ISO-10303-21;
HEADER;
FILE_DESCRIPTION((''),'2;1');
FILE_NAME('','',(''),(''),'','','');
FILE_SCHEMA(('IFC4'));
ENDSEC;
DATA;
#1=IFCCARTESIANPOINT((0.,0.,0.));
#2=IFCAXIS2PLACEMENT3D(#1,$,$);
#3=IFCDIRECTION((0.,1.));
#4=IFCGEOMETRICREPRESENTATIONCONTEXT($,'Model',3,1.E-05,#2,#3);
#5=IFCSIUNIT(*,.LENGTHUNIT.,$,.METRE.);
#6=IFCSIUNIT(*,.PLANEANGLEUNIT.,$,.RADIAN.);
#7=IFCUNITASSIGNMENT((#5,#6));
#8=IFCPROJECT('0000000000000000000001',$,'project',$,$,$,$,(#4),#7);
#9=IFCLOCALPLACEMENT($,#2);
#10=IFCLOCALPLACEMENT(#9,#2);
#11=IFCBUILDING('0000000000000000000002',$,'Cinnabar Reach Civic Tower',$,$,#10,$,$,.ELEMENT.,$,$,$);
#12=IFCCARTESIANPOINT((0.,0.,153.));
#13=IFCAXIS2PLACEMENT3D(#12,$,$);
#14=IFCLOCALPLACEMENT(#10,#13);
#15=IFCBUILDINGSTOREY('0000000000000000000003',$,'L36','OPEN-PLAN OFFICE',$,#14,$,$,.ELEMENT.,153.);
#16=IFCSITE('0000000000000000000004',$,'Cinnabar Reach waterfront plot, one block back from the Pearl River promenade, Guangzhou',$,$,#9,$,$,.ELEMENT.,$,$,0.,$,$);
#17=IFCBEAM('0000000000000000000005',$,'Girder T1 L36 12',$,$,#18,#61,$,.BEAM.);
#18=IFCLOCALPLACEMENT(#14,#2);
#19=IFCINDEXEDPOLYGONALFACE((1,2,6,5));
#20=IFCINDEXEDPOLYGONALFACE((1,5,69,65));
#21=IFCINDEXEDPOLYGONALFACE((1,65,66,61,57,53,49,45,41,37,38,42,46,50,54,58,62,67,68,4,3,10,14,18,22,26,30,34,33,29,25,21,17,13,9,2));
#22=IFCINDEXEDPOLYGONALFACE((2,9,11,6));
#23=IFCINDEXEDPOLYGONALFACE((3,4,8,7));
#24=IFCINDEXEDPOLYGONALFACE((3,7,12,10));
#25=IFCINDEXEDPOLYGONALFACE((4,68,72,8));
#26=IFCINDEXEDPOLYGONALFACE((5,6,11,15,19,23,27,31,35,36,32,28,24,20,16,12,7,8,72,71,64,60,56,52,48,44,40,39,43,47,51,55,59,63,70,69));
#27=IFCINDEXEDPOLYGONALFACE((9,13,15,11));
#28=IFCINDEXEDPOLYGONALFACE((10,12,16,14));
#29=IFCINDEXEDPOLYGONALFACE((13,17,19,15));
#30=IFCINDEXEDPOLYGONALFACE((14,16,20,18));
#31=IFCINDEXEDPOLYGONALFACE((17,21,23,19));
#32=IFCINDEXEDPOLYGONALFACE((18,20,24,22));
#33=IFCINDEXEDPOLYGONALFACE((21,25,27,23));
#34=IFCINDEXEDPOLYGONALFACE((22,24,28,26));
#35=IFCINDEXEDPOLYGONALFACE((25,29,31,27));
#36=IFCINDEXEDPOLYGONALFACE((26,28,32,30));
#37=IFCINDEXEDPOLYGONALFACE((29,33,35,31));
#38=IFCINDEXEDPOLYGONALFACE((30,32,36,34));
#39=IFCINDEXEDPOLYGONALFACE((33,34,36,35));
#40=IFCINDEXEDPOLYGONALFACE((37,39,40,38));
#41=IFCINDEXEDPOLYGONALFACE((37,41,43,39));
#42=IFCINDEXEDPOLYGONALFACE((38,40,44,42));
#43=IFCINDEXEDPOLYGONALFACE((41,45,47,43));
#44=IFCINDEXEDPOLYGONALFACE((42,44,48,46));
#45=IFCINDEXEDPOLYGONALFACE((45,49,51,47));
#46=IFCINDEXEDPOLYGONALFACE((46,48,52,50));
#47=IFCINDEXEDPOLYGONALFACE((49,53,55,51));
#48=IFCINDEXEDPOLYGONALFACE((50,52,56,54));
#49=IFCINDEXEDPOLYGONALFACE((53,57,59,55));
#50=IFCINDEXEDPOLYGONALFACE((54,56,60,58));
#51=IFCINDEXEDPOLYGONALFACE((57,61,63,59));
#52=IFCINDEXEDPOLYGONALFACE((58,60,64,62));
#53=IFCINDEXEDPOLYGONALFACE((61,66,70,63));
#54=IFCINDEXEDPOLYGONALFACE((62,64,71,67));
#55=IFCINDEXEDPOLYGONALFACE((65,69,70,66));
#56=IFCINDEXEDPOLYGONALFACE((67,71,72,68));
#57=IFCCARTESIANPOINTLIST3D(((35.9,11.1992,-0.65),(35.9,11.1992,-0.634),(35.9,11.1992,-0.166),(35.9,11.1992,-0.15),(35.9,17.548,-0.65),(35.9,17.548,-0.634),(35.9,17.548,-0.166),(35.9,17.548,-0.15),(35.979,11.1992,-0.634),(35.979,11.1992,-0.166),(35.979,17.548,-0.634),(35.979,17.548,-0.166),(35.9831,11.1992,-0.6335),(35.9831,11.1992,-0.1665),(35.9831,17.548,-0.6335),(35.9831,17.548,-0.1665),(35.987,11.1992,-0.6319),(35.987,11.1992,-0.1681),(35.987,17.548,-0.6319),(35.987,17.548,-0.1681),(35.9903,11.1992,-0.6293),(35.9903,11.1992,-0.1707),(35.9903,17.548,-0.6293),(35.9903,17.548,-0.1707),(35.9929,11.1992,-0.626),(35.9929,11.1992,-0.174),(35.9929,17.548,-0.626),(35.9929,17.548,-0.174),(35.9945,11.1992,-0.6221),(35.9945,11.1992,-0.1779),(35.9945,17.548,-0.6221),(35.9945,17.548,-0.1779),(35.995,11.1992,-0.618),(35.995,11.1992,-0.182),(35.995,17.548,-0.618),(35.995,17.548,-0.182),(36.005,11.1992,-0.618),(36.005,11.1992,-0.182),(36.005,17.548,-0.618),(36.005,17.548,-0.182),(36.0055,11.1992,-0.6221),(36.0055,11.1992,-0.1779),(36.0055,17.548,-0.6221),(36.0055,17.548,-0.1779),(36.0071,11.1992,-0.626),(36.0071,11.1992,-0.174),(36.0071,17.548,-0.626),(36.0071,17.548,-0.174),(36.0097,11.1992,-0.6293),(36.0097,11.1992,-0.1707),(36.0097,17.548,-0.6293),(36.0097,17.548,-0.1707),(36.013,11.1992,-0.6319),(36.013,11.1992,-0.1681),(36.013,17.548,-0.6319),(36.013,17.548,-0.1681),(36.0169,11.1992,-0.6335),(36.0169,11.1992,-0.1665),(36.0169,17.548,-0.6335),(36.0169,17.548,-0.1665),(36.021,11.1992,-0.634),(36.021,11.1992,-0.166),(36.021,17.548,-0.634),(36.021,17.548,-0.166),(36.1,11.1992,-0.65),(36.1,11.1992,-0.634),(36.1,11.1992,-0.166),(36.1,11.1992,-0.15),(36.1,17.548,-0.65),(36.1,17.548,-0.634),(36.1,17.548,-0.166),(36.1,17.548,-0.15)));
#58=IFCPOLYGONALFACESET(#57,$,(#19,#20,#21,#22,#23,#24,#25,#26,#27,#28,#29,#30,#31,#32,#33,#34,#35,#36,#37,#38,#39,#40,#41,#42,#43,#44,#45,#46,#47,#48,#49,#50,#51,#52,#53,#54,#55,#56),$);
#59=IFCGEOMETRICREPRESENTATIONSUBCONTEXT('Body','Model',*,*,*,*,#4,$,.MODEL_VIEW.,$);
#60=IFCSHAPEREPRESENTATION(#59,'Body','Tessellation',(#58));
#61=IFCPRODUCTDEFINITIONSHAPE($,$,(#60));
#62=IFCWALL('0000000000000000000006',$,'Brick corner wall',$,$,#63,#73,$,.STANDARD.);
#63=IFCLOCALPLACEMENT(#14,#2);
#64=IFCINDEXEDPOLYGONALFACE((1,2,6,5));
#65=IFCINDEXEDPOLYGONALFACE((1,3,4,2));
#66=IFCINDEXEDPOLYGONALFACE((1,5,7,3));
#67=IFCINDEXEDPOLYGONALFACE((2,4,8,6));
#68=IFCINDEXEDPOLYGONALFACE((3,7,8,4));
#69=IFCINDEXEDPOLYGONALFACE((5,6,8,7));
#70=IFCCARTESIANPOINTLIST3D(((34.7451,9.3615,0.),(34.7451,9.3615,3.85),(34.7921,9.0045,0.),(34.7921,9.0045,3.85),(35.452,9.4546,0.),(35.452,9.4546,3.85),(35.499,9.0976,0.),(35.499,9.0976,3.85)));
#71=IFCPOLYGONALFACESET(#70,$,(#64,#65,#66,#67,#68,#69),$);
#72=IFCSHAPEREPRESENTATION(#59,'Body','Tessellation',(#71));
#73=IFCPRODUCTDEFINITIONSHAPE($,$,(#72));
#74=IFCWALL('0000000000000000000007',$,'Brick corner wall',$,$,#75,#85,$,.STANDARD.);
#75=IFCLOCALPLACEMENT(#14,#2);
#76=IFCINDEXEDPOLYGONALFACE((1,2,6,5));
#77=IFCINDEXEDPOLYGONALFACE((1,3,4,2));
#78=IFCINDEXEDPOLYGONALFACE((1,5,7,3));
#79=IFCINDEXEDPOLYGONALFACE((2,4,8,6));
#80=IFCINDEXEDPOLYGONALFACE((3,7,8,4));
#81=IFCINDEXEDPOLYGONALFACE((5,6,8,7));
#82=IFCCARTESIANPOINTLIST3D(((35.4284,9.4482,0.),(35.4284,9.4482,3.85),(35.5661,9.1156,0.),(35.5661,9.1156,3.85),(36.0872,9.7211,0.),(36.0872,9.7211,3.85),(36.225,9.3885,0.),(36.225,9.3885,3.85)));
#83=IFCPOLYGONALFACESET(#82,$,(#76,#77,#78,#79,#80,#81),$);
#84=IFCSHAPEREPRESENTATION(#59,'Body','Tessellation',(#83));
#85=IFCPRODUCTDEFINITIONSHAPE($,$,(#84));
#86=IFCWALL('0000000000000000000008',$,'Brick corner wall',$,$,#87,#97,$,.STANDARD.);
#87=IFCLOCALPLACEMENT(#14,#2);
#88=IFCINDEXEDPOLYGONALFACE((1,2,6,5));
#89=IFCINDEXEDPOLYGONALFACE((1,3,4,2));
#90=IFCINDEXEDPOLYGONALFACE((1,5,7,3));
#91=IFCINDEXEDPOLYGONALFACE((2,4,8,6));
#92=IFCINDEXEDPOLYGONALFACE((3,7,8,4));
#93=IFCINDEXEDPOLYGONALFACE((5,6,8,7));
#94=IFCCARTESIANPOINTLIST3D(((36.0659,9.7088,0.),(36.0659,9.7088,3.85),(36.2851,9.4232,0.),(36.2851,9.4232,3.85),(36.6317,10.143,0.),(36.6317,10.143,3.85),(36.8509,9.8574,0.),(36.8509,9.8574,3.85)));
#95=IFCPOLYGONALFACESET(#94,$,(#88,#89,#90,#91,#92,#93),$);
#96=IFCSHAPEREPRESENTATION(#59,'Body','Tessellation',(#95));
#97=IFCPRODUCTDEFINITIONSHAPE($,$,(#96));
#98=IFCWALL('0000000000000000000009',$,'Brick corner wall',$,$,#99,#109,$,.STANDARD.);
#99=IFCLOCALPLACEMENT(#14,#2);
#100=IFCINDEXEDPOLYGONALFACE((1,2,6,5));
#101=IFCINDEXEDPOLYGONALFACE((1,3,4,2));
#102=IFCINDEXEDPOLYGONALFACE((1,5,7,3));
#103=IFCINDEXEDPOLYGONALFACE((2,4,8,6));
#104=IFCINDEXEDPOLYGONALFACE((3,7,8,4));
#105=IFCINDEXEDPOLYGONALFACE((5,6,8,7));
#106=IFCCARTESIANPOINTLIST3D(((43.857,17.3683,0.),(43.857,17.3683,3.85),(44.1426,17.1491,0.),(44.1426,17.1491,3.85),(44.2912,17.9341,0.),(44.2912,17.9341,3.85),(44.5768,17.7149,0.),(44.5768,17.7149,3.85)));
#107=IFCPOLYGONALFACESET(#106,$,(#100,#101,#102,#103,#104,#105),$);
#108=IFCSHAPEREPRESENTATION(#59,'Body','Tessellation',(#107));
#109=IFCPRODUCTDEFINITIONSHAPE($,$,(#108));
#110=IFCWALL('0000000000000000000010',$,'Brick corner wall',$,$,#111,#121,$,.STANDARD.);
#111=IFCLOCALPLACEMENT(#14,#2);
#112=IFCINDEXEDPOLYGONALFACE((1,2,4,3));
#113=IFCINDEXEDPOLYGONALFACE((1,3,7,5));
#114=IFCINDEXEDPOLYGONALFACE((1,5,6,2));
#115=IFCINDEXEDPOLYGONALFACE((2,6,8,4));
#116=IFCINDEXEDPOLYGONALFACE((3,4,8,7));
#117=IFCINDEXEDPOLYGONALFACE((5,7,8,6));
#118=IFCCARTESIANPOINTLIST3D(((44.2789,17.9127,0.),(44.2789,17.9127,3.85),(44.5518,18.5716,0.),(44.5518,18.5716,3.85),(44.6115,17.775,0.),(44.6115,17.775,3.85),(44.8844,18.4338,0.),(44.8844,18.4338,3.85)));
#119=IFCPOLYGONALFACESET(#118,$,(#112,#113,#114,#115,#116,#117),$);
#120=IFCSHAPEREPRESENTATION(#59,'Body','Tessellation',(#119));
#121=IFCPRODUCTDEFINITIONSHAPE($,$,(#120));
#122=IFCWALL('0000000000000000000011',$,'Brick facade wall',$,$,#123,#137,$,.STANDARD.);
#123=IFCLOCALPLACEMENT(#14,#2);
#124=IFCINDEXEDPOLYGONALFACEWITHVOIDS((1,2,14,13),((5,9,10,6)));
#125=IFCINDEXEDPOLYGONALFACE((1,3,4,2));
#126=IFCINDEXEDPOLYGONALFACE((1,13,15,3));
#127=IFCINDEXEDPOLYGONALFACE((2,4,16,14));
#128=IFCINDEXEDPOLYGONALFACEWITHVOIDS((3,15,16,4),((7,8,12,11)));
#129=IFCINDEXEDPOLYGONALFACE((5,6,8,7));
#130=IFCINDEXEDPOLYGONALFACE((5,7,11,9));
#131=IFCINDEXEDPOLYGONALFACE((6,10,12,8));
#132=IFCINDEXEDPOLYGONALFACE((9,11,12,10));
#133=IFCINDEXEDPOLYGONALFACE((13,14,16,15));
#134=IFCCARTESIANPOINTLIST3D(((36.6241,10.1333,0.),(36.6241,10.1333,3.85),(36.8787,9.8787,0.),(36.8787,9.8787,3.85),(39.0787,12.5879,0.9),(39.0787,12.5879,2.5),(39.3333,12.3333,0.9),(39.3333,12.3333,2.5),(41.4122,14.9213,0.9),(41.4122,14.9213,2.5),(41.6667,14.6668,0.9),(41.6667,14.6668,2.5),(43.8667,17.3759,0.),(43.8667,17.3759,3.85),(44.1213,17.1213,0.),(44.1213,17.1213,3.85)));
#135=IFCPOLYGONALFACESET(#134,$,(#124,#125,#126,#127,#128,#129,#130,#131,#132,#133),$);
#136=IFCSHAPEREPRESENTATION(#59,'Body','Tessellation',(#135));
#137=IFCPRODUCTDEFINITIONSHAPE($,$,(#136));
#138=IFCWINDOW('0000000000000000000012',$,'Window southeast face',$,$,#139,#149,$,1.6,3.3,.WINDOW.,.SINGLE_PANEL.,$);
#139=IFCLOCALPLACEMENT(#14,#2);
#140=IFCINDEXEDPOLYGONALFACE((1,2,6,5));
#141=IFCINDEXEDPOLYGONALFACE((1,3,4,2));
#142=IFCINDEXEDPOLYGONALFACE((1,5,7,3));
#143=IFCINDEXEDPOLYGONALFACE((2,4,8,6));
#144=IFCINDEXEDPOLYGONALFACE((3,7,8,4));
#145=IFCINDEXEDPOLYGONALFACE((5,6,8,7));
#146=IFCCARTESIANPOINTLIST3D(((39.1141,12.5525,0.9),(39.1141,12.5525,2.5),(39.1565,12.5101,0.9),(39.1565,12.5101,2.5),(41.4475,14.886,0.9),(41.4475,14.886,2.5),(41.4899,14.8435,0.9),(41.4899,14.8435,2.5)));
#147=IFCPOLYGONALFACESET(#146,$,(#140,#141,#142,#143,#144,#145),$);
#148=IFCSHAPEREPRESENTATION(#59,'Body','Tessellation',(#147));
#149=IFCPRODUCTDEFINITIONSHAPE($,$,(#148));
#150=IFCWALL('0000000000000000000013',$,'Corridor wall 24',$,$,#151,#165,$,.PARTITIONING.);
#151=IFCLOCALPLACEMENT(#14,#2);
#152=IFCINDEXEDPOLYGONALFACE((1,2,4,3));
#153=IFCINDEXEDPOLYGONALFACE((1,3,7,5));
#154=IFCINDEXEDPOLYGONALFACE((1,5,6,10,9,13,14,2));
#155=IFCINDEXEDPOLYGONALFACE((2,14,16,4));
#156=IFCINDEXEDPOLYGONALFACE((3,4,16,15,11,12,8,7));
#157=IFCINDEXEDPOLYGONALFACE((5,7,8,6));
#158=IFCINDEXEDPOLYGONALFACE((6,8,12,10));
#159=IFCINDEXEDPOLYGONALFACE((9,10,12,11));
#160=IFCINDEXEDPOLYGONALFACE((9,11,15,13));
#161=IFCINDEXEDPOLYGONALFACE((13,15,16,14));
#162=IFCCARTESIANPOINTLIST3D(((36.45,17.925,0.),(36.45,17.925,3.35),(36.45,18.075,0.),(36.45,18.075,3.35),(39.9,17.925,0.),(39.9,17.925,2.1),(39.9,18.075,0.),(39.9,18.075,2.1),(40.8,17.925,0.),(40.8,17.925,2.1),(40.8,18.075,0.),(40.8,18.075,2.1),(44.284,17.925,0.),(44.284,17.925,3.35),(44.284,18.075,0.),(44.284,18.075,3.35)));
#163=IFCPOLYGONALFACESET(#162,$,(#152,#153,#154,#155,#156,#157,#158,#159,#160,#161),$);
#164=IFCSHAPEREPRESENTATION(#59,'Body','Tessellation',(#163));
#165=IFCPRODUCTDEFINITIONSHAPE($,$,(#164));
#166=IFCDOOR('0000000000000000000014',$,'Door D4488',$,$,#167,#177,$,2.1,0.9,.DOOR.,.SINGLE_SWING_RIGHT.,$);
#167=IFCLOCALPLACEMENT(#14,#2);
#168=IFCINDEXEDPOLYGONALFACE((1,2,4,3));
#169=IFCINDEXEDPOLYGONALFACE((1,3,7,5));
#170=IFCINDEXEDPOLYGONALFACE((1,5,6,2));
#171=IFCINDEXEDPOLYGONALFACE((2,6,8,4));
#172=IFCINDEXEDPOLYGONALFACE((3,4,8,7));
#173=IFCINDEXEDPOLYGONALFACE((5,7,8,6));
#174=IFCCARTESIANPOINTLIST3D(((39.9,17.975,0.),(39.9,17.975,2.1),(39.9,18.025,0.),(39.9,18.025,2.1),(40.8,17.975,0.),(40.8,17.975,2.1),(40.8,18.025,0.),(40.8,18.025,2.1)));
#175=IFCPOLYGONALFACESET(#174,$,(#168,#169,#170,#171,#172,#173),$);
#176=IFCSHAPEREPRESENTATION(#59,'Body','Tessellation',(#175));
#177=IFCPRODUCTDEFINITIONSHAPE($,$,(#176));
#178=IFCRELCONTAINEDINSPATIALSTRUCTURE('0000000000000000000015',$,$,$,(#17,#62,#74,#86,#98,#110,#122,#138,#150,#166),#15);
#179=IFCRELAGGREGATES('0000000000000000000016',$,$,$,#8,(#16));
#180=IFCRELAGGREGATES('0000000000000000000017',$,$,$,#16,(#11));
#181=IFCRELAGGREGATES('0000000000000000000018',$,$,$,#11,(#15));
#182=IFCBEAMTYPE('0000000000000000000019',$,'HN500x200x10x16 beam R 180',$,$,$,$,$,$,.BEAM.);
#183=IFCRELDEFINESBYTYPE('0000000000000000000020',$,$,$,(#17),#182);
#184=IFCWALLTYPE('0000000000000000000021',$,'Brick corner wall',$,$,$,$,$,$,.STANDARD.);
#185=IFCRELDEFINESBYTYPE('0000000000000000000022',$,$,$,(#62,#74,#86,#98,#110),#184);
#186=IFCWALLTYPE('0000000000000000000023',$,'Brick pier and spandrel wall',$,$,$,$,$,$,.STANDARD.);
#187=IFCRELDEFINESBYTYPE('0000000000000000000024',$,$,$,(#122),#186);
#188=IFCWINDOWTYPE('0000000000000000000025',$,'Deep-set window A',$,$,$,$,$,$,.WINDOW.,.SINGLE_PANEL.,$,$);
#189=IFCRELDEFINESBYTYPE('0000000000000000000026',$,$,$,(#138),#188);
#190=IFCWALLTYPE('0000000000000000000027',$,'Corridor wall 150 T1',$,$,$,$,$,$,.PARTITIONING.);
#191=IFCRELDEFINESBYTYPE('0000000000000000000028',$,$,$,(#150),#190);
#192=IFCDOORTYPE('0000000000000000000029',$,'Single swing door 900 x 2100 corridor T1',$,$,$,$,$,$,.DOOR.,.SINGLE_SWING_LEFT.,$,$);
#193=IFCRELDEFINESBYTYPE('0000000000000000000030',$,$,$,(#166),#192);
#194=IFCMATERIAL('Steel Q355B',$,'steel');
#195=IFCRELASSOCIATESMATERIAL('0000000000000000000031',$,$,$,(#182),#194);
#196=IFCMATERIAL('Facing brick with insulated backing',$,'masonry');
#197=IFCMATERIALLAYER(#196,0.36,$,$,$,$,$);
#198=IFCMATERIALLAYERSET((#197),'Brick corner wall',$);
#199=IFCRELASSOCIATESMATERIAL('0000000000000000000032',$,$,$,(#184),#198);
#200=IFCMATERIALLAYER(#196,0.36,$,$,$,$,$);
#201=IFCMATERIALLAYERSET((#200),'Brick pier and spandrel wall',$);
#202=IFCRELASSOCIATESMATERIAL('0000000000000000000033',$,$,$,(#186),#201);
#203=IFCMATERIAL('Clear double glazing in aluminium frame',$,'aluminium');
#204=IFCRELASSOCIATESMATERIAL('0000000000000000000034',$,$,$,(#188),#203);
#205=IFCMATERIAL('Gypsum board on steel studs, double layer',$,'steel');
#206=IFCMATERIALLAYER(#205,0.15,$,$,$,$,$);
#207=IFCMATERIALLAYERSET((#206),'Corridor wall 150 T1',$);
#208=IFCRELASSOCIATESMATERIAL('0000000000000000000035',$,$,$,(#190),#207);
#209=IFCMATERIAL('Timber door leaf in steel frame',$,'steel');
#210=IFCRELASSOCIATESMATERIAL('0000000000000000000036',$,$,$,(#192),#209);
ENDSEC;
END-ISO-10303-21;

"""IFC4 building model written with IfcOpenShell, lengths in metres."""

from ifc_helpers import new_model, si_unit, direction, frame, frame_2d, origin, origin_2d, place, context, subcontext, project, spatial, rectangle, i_section, extrude, material, layer, layer_set, material_profile, profile_set, type_object, element, fill, save


model = new_model("IFC4")

# Units and contexts
model_context = context("Model", 3, precision=1e-05, world=origin(), true_north=direction((0.0, 1.0)))
body_context = subcontext(model_context, "Body", "Model", "MODEL_VIEW")
ifc_project = project(units=[si_unit("LENGTHUNIT", "METRE"), si_unit("PLANEANGLEUNIT", "RADIAN")], contexts=[model_context])

# Site, building, storey
site_placement = place(None, origin())
site = spatial("IfcSite", under=ifc_project, at=site_placement, Name="Cinnabar Reach waterfront plot, one block back from the Pearl River promenade, Guangzhou", CompositionType="ELEMENT", RefElevation=0.0)
building_placement = place(site_placement, origin())
building = spatial("IfcBuilding", under=site, at=building_placement, Name="Cinnabar Reach Civic Tower", CompositionType="ELEMENT")
storey_placement = place(building_placement, frame((0.0, 0.0, 153.0)))
storey = spatial("IfcBuildingStorey", under=building, at=storey_placement, Name="L36", Description="OPEN-PLAN OFFICE", CompositionType="ELEMENT", Elevation=153.0)

# Beam
ifc_material_1 = material(Name="Steel Q355B", Category="steel")
ifc_material_profile_1 = material_profile(ifc_material_1, i_section(OverallWidth=0.2, OverallDepth=0.5, WebThickness=0.01, FlangeThickness=0.016, FilletRadius=0.016, at=origin_2d()), Name="HN500x200x10x16")
ifc_profile_set_1 = profile_set([ifc_material_profile_1], Name="Steel Q355B")
beam_type_1 = type_object("IfcBeamType", Name="HN500x200x10x16 beam R 180", PredefinedType="BEAM", material=ifc_profile_set_1)
for number, where, z_axis, x_axis, name in (
    (1, (36.0, 11.1992, -0.4), (0.0, 1.0, 0.0), (-1.0, 0.0, 0.0), "Girder T1 L36 12"),
):
    element("IfcBeam", number, at=place(storey_placement, frame(where, z_axis=z_axis, x_axis=x_axis)), inside=storey, type_object=beam_type_1, Name=name, PredefinedType="BEAM", context=body_context, shape_type="SweptSolid", body=[
        extrude(i_section(OverallWidth=0.2, OverallDepth=0.5, WebThickness=0.01, FlangeThickness=0.016, FilletRadius=0.016, at=origin_2d()), origin(), (0.0, 0.0, 1.0), 6.3488),
    ])

# Walls
ifc_material_2 = material(Name="Facing brick with insulated backing", Category="masonry")
ifc_layer_1 = layer(ifc_material_2, 0.36)
ifc_layer_set_1 = layer_set([ifc_layer_1], Name="Brick corner wall")
wall_type_1 = type_object("IfcWallType", Name="Brick corner wall", PredefinedType="STANDARD", material=ifc_layer_set_1)
for number, where, z_axis, x_axis, name in (
    (2, (34.7686, 9.183, 0.0), (0.0, 0.0, 1.0), (0.991441, 0.130556, 0.0), "Brick corner wall"),
    (3, (35.4973, 9.2819, 0.0), (0.0, 0.0, 1.0), (0.923872, 0.382703, 0.0), "Brick corner wall"),
):
    element("IfcWall", number, at=place(storey_placement, frame(where, z_axis=z_axis, x_axis=x_axis)), inside=storey, type_object=wall_type_1, Name=name, PredefinedType="STANDARD", context=body_context, shape_type="SweptSolid", body=[
        extrude(rectangle(XDim=0.7131, YDim=0.36, at=frame_2d((0.3565, 0.0))), origin(), (0.0, 0.0, 1.0), 3.85),
    ])
for number, where, z_axis, x_axis, name in (
    (4, (36.1755, 9.566, 0.0), (0.0, 0.0, 1.0), (0.793322, 0.608802, 0.0), "Brick corner wall"),
    (5, (43.9998, 17.2587, 0.0), (0.0, 0.0, 1.0), (0.608802, 0.793322, 0.0), "Brick corner wall"),
):
    element("IfcWall", number, at=place(storey_placement, frame(where, z_axis=z_axis, x_axis=x_axis)), inside=storey, type_object=wall_type_1, Name=name, PredefinedType="STANDARD", context=body_context, shape_type="SweptSolid", body=[
        extrude(rectangle(XDim=0.7132, YDim=0.36, at=frame_2d((0.3566, 0.0))), origin(), (0.0, 0.0, 1.0), 3.85),
    ])
wall_1_placement = place(storey_placement, frame((44.4452, 17.8439, 0.0), z_axis=(0.0, 0.0, 1.0), x_axis=(0.382703, 0.923872, 0.0)))
element("IfcWall", 6, at=wall_1_placement, inside=storey, type_object=wall_type_1, Name="Brick corner wall", PredefinedType="STANDARD", context=body_context, shape_type="SweptSolid", body=[
    extrude(rectangle(XDim=0.7131, YDim=0.36, at=frame_2d((0.3565, 0.0))), origin(), (0.0, 0.0, 1.0), 3.85),
])

# Wall, opening, window
ifc_layer_2 = layer(ifc_material_2, 0.36)
ifc_layer_set_2 = layer_set([ifc_layer_2], Name="Brick pier and spandrel wall")
wall_type_2 = type_object("IfcWallType", Name="Brick pier and spandrel wall", PredefinedType="STANDARD", material=ifc_layer_set_2)
wall_2_placement = place(storey_placement, frame((36.7514, 10.006, 0.0), z_axis=(0.0, 0.0, 1.0), x_axis=(0.707107, 0.707107, 0.0)))
wall_2 = element("IfcWall", 7, at=wall_2_placement, inside=storey, type_object=wall_type_2, Name="Brick facade wall", PredefinedType="STANDARD", context=body_context, shape_type="SweptSolid", body=[
    extrude(rectangle(XDim=10.2426, YDim=0.36, at=frame_2d((5.1213, 0.0))), origin(), (0.0, 0.0, 1.0), 3.85),
])
opening_1_placement = place(wall_2_placement, frame((3.4713, 0.0, 0.9)))
opening_1 = element("IfcOpeningElement", 8, at=opening_1_placement, cuts=wall_2, PredefinedType="OPENING", context=body_context, shape_type="SweptSolid", body=[
    extrude(rectangle(XDim=3.3, YDim=1.6, at=frame_2d((1.65, 0.8))), frame((0.0, 0.19, 0.0), z_axis=(0.0, -1.0, 0.0), x_axis=(1.0, 0.0, 0.0)), (0.0, 0.0, 1.0), 0.38),
])
ifc_material_3 = material(Name="Clear double glazing in aluminium frame", Category="aluminium")
window_type = type_object("IfcWindowType", Name="Deep-set window A", PartitioningType="SINGLE_PANEL", PredefinedType="WINDOW", material=ifc_material_3)
window_placement = place(opening_1_placement, origin())
window = element("IfcWindow", 9, at=window_placement, inside=storey, type_object=window_type, Name="Window southeast face", OverallHeight=1.6, OverallWidth=3.3, PartitioningType="SINGLE_PANEL", PredefinedType="WINDOW", context=body_context, shape_type="SweptSolid", body=[
    extrude(rectangle(XDim=3.3, YDim=1.6, at=frame_2d((1.65, 0.8))), frame((0.0, 0.13, 0.0), z_axis=(0.0, -1.0, 0.0), x_axis=(1.0, 0.0, 0.0)), (0.0, 0.0, 1.0), 0.06),
])
fill(opening_1, window)

# Wall, opening, door
ifc_material_4 = material(Name="Gypsum board on steel studs, double layer", Category="steel")
ifc_layer_3 = layer(ifc_material_4, 0.15)
ifc_layer_set_3 = layer_set([ifc_layer_3], Name="Corridor wall 150 T1")
wall_type_3 = type_object("IfcWallType", Name="Corridor wall 150 T1", PredefinedType="PARTITIONING", material=ifc_layer_set_3)
wall_3_placement = place(storey_placement, frame((36.45, 18.0, 0.0), z_axis=(0.0, 0.0, 1.0), x_axis=(1.0, 0.0, 0.0)))
wall_3 = element("IfcWall", 10, at=wall_3_placement, inside=storey, type_object=wall_type_3, Name="Corridor wall 24", PredefinedType="PARTITIONING", context=body_context, shape_type="SweptSolid", body=[
    extrude(rectangle(XDim=7.834, YDim=0.15, at=frame_2d((3.917, 0.0))), origin(), (0.0, 0.0, 1.0), 3.35),
])
opening_2_placement = place(wall_3_placement, frame((3.45, 0.0, 0.0)))
opening_2 = element("IfcOpeningElement", 11, at=opening_2_placement, cuts=wall_3, PredefinedType="OPENING", context=body_context, shape_type="SweptSolid", body=[
    extrude(rectangle(XDim=0.9, YDim=2.1, at=frame_2d((0.45, 1.05))), frame((0.0, 0.085, 0.0), z_axis=(0.0, -1.0, 0.0), x_axis=(1.0, 0.0, 0.0)), (0.0, 0.0, 1.0), 0.17),
])
ifc_material_5 = material(Name="Timber door leaf in steel frame", Category="steel")
door_type = type_object("IfcDoorType", Name="Single swing door 900 x 2100 corridor T1", OperationType="SINGLE_SWING_LEFT", PredefinedType="DOOR", material=ifc_material_5)
door_placement = place(opening_2_placement, frame((0.9, 0.0, 0.0), z_axis=(0.0, 0.0, 1.0), x_axis=(-1.0, 0.0, 0.0)))
door = element("IfcDoor", 12, at=door_placement, inside=storey, type_object=door_type, Name="Door D4488", OperationType="SINGLE_SWING_RIGHT", OverallHeight=2.1, OverallWidth=0.9, PredefinedType="DOOR", context=body_context, shape_type="SweptSolid", body=[
    extrude(rectangle(XDim=0.9, YDim=2.1, at=frame_2d((0.45, 1.05))), frame((0.0, 0.025, 0.0), z_axis=(0.0, -1.0, 0.0), x_axis=(1.0, 0.0, 0.0)), (0.0, 0.0, 1.0), 0.05),
])
fill(opening_2, door)

save(model, "model.ifc")
